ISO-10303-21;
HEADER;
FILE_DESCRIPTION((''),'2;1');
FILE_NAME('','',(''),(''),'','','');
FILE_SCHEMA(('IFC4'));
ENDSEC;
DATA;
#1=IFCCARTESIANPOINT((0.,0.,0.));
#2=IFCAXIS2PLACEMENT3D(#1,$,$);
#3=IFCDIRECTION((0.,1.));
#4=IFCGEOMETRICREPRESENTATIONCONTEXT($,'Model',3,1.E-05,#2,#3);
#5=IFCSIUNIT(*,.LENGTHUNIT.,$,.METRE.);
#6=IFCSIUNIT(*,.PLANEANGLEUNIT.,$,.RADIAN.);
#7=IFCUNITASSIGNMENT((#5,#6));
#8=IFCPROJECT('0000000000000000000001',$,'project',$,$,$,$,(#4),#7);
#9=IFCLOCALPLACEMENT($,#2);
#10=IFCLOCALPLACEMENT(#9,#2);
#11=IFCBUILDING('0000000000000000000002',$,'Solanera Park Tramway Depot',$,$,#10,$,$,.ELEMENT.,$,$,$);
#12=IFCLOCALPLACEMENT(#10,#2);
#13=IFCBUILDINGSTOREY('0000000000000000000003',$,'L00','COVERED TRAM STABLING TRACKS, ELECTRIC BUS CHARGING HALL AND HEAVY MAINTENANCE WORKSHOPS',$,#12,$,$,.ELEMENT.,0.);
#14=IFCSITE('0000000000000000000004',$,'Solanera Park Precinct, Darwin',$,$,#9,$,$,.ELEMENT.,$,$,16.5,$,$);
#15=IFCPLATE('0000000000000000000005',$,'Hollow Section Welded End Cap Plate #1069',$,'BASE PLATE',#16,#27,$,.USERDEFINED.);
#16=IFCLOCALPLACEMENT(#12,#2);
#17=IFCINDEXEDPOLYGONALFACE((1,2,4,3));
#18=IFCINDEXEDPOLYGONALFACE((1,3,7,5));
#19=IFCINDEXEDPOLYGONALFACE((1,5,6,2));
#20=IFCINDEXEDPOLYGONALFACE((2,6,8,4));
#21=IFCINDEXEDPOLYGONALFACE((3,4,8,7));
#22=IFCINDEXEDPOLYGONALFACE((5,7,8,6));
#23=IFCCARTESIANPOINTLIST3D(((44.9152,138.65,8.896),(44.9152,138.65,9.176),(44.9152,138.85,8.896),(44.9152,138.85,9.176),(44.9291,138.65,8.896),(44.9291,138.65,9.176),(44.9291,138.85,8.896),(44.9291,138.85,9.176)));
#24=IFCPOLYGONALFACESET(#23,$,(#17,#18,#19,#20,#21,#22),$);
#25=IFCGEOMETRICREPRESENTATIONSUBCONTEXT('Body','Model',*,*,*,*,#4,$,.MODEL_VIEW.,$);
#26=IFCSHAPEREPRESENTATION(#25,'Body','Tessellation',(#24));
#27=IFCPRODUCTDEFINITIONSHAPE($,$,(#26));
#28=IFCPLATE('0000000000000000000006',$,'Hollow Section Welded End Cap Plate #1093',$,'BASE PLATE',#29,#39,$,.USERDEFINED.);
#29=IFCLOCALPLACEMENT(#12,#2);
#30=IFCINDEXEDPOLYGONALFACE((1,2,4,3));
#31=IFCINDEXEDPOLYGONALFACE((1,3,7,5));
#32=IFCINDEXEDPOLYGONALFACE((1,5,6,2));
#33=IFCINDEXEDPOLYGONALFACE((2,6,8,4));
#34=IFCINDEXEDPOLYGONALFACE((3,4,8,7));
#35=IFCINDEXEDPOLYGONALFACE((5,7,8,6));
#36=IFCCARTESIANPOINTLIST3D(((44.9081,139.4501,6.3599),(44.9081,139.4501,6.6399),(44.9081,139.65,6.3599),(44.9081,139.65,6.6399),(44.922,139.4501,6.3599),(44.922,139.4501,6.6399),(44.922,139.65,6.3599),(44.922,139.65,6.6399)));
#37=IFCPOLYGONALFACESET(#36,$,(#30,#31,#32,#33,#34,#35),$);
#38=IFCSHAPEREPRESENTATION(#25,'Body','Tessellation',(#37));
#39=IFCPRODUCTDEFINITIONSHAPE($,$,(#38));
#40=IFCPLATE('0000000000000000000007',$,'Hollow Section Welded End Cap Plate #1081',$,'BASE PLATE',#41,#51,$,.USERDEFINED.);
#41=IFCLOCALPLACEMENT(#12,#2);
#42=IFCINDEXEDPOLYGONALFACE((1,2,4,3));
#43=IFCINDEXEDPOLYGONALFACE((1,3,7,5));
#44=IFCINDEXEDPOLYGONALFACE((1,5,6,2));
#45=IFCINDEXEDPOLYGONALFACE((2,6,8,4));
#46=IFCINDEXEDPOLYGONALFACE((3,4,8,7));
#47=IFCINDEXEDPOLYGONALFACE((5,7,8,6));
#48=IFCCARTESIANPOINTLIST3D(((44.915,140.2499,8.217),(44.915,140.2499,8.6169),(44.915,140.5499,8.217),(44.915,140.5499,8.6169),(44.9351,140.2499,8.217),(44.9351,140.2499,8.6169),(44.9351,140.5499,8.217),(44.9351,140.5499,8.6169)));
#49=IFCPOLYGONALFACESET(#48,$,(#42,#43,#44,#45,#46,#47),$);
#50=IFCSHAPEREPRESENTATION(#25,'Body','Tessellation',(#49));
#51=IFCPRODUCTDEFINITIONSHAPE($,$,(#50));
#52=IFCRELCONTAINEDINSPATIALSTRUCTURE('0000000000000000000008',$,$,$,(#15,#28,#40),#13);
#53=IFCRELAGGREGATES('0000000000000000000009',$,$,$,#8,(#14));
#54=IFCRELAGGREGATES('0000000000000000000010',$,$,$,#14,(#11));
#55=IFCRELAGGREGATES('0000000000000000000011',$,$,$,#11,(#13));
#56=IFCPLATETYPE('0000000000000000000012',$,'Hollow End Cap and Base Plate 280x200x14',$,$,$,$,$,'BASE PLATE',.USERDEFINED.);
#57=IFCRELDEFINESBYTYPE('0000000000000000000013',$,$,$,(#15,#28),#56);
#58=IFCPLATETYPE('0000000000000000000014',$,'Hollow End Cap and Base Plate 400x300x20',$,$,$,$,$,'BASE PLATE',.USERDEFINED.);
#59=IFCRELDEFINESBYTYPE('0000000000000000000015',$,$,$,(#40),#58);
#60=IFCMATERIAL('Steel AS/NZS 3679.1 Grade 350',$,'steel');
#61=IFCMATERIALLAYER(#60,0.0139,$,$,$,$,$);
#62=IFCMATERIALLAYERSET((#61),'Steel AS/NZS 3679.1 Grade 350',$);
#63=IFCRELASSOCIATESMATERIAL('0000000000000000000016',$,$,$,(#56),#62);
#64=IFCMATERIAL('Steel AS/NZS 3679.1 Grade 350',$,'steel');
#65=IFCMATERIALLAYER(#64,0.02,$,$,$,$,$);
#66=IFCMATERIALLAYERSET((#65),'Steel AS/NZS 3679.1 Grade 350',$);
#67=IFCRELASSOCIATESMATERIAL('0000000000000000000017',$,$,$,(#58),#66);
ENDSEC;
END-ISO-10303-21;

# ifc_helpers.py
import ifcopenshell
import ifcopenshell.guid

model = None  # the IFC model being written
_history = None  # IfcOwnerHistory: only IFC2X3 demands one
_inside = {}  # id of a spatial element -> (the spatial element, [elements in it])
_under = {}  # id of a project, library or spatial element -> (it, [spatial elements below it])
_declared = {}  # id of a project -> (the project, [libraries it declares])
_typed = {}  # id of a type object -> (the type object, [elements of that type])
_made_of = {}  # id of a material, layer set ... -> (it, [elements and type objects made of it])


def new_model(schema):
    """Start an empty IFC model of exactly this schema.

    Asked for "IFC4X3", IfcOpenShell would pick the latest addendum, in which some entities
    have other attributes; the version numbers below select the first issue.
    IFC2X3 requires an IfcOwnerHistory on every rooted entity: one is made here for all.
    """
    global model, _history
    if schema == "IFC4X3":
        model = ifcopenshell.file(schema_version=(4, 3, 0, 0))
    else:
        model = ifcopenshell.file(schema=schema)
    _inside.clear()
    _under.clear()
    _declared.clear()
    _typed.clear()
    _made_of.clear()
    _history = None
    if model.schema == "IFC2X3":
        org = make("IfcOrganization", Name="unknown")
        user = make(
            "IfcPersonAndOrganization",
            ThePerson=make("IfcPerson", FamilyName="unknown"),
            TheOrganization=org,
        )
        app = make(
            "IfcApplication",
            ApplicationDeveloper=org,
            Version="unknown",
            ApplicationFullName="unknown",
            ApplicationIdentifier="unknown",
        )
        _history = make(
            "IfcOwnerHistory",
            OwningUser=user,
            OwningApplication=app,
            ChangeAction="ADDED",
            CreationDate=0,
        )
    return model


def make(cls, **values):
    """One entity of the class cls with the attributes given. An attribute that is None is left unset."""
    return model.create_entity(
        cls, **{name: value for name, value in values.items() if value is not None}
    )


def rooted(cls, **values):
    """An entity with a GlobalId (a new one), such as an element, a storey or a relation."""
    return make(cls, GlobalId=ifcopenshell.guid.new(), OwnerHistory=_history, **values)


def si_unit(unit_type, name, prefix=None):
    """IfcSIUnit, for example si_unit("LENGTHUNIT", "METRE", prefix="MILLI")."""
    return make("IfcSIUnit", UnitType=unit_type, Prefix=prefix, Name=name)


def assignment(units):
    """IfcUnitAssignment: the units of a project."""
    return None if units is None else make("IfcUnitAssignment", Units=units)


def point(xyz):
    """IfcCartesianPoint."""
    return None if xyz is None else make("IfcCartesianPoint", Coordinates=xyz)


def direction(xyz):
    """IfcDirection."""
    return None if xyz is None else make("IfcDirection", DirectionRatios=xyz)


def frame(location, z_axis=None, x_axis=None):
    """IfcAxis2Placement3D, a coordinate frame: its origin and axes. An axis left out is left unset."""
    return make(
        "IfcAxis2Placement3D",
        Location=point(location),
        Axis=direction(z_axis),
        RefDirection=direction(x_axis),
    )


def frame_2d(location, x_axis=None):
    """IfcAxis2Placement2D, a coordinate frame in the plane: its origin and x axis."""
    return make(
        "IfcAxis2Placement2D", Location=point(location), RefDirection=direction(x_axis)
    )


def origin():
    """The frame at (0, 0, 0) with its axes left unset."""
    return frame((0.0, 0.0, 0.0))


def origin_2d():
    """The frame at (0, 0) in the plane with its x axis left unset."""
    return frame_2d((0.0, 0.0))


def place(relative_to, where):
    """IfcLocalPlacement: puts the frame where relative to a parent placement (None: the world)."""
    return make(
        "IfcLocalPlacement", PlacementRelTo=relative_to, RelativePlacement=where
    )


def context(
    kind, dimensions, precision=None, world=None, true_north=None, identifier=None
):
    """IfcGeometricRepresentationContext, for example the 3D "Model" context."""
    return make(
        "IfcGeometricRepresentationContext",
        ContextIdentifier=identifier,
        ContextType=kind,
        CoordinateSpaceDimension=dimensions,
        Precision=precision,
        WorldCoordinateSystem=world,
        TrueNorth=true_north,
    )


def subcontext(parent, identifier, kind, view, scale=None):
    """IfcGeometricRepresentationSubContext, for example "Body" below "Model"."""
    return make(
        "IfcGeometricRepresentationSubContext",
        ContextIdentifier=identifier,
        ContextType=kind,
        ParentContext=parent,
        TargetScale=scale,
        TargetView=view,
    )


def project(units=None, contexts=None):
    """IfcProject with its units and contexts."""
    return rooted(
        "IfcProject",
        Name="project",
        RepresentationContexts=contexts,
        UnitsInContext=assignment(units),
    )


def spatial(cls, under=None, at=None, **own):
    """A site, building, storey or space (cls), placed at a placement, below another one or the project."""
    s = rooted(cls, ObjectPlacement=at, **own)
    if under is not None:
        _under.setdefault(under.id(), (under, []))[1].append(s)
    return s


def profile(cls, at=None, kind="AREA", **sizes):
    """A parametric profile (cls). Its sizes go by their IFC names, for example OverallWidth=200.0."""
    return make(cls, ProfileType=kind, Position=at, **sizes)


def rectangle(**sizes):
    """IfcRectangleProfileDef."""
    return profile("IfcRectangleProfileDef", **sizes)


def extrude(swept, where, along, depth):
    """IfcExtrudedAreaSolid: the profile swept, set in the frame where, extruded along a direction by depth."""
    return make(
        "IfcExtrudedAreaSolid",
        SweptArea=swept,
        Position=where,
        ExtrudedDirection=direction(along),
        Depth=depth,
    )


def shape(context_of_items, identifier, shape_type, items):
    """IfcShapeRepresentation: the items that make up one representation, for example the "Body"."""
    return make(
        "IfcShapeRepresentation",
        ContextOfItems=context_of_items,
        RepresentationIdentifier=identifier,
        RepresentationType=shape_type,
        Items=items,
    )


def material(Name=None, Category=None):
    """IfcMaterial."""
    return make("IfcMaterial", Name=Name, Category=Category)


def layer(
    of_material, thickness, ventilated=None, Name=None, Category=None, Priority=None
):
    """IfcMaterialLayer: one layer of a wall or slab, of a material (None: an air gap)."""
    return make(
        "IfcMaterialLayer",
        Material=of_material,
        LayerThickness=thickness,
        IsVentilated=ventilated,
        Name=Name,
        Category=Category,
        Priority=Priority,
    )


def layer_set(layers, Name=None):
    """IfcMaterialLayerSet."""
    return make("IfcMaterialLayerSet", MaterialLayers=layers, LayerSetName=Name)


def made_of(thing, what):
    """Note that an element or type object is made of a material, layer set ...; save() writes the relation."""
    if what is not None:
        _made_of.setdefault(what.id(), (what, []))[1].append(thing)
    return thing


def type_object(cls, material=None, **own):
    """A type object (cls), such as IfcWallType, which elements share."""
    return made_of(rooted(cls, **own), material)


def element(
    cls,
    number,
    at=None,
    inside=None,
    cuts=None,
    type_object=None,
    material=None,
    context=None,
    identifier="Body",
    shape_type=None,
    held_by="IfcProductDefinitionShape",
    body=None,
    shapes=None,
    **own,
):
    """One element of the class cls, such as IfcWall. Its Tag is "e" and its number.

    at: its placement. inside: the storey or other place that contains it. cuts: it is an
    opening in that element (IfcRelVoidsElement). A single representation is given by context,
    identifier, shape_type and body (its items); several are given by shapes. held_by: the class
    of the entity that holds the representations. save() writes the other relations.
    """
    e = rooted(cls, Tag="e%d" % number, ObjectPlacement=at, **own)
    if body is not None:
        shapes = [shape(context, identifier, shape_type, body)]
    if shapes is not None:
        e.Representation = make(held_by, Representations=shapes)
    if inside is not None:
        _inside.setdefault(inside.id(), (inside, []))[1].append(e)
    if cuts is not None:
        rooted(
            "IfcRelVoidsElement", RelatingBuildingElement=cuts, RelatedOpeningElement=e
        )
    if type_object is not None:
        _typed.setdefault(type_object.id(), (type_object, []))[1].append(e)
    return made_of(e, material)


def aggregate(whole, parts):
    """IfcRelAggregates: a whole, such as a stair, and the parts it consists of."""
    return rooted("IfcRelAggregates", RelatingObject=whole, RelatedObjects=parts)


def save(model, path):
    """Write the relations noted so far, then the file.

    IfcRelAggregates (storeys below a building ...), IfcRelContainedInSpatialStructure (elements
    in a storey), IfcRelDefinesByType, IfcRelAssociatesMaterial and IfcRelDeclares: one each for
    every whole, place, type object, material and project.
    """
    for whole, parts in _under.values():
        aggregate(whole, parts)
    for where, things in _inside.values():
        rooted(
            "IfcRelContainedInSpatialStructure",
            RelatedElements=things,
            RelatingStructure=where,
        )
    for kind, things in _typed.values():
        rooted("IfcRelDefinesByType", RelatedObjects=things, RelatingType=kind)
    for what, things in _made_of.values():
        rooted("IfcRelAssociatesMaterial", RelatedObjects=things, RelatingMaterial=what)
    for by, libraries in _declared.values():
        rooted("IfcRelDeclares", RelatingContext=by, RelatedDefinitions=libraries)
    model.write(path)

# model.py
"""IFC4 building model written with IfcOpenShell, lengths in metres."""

from ifc_helpers import new_model, si_unit, direction, frame, origin, origin_2d, place, context, subcontext, project, spatial, rectangle, extrude, material, layer, layer_set, type_object, element, save


model = new_model("IFC4")

# Units and contexts
model_context = context("Model", 3, precision=1e-05, world=origin(), true_north=direction((0.0, 1.0)))
body_context = subcontext(model_context, "Body", "Model", "MODEL_VIEW")
ifc_project = project(units=[si_unit("LENGTHUNIT", "METRE"), si_unit("PLANEANGLEUNIT", "RADIAN")], contexts=[model_context])

# Site, building, storey
site_placement = place(None, origin())
site = spatial("IfcSite", under=ifc_project, at=site_placement, Name="Solanera Park Precinct, Darwin", CompositionType="ELEMENT", RefElevation=16.5)
building_placement = place(site_placement, origin())
building = spatial("IfcBuilding", under=site, at=building_placement, Name="Solanera Park Tramway Depot", CompositionType="ELEMENT")
storey_placement = place(building_placement, origin())
storey = spatial("IfcBuildingStorey", under=building, at=storey_placement, Name="L00", Description="COVERED TRAM STABLING TRACKS, ELECTRIC BUS CHARGING HALL AND HEAVY MAINTENANCE WORKSHOPS", CompositionType="ELEMENT", Elevation=0.0)

# Plates
ifc_material_1 = material(Name="Steel AS/NZS 3679.1 Grade 350", Category="steel")
ifc_layer_1 = layer(ifc_material_1, 0.0139)
ifc_layer_set_1 = layer_set([ifc_layer_1], Name="Steel AS/NZS 3679.1 Grade 350")
plate_type_1 = type_object("IfcPlateType", Name="Hollow End Cap and Base Plate 280x200x14", ElementType="BASE PLATE", PredefinedType="USERDEFINED", material=ifc_layer_set_1)
for number, where, z_axis, x_axis, name in (
    (1, (44.9221, 138.75, 8.896), (0.0, 0.0, 1.0), (1.0, 0.0, 0.0), "Hollow Section Welded End Cap Plate #1069"),
    (2, (44.915, 139.55, 6.3599), (0.0, 0.0, 1.0), (1.0, 0.0, 0.0), "Hollow Section Welded End Cap Plate #1093"),
):
    element("IfcPlate", number, at=place(storey_placement, frame(where, z_axis=z_axis, x_axis=x_axis)), inside=storey, type_object=plate_type_1, Name=name, ObjectType="BASE PLATE", PredefinedType="USERDEFINED", context=body_context, shape_type="SweptSolid", body=[
        extrude(rectangle(XDim=0.0139, YDim=0.2, at=origin_2d()), origin(), (0.0, 0.0, 1.0), 0.28),
    ])
ifc_material_2 = material(Name="Steel AS/NZS 3679.1 Grade 350", Category="steel")
ifc_layer_2 = layer(ifc_material_2, 0.02)
ifc_layer_set_2 = layer_set([ifc_layer_2], Name="Steel AS/NZS 3679.1 Grade 350")
plate_type_2 = type_object("IfcPlateType", Name="Hollow End Cap and Base Plate 400x300x20", ElementType="BASE PLATE", PredefinedType="USERDEFINED", material=ifc_layer_set_2)
plate_1_placement = place(storey_placement, frame((44.925, 140.3999, 8.217), z_axis=(0.0, 0.0, 1.0), x_axis=(1.0, 0.0, 0.0)))
element("IfcPlate", 3, at=plate_1_placement, inside=storey, type_object=plate_type_2, Name="Hollow Section Welded End Cap Plate #1081", ObjectType="BASE PLATE", PredefinedType="USERDEFINED", context=body_context, shape_type="SweptSolid", body=[
    extrude(rectangle(XDim=0.02, YDim=0.3, at=origin_2d()), origin(), (0.0, 0.0, 1.0), 0.3999),
])

save(model, "model.ifc")
